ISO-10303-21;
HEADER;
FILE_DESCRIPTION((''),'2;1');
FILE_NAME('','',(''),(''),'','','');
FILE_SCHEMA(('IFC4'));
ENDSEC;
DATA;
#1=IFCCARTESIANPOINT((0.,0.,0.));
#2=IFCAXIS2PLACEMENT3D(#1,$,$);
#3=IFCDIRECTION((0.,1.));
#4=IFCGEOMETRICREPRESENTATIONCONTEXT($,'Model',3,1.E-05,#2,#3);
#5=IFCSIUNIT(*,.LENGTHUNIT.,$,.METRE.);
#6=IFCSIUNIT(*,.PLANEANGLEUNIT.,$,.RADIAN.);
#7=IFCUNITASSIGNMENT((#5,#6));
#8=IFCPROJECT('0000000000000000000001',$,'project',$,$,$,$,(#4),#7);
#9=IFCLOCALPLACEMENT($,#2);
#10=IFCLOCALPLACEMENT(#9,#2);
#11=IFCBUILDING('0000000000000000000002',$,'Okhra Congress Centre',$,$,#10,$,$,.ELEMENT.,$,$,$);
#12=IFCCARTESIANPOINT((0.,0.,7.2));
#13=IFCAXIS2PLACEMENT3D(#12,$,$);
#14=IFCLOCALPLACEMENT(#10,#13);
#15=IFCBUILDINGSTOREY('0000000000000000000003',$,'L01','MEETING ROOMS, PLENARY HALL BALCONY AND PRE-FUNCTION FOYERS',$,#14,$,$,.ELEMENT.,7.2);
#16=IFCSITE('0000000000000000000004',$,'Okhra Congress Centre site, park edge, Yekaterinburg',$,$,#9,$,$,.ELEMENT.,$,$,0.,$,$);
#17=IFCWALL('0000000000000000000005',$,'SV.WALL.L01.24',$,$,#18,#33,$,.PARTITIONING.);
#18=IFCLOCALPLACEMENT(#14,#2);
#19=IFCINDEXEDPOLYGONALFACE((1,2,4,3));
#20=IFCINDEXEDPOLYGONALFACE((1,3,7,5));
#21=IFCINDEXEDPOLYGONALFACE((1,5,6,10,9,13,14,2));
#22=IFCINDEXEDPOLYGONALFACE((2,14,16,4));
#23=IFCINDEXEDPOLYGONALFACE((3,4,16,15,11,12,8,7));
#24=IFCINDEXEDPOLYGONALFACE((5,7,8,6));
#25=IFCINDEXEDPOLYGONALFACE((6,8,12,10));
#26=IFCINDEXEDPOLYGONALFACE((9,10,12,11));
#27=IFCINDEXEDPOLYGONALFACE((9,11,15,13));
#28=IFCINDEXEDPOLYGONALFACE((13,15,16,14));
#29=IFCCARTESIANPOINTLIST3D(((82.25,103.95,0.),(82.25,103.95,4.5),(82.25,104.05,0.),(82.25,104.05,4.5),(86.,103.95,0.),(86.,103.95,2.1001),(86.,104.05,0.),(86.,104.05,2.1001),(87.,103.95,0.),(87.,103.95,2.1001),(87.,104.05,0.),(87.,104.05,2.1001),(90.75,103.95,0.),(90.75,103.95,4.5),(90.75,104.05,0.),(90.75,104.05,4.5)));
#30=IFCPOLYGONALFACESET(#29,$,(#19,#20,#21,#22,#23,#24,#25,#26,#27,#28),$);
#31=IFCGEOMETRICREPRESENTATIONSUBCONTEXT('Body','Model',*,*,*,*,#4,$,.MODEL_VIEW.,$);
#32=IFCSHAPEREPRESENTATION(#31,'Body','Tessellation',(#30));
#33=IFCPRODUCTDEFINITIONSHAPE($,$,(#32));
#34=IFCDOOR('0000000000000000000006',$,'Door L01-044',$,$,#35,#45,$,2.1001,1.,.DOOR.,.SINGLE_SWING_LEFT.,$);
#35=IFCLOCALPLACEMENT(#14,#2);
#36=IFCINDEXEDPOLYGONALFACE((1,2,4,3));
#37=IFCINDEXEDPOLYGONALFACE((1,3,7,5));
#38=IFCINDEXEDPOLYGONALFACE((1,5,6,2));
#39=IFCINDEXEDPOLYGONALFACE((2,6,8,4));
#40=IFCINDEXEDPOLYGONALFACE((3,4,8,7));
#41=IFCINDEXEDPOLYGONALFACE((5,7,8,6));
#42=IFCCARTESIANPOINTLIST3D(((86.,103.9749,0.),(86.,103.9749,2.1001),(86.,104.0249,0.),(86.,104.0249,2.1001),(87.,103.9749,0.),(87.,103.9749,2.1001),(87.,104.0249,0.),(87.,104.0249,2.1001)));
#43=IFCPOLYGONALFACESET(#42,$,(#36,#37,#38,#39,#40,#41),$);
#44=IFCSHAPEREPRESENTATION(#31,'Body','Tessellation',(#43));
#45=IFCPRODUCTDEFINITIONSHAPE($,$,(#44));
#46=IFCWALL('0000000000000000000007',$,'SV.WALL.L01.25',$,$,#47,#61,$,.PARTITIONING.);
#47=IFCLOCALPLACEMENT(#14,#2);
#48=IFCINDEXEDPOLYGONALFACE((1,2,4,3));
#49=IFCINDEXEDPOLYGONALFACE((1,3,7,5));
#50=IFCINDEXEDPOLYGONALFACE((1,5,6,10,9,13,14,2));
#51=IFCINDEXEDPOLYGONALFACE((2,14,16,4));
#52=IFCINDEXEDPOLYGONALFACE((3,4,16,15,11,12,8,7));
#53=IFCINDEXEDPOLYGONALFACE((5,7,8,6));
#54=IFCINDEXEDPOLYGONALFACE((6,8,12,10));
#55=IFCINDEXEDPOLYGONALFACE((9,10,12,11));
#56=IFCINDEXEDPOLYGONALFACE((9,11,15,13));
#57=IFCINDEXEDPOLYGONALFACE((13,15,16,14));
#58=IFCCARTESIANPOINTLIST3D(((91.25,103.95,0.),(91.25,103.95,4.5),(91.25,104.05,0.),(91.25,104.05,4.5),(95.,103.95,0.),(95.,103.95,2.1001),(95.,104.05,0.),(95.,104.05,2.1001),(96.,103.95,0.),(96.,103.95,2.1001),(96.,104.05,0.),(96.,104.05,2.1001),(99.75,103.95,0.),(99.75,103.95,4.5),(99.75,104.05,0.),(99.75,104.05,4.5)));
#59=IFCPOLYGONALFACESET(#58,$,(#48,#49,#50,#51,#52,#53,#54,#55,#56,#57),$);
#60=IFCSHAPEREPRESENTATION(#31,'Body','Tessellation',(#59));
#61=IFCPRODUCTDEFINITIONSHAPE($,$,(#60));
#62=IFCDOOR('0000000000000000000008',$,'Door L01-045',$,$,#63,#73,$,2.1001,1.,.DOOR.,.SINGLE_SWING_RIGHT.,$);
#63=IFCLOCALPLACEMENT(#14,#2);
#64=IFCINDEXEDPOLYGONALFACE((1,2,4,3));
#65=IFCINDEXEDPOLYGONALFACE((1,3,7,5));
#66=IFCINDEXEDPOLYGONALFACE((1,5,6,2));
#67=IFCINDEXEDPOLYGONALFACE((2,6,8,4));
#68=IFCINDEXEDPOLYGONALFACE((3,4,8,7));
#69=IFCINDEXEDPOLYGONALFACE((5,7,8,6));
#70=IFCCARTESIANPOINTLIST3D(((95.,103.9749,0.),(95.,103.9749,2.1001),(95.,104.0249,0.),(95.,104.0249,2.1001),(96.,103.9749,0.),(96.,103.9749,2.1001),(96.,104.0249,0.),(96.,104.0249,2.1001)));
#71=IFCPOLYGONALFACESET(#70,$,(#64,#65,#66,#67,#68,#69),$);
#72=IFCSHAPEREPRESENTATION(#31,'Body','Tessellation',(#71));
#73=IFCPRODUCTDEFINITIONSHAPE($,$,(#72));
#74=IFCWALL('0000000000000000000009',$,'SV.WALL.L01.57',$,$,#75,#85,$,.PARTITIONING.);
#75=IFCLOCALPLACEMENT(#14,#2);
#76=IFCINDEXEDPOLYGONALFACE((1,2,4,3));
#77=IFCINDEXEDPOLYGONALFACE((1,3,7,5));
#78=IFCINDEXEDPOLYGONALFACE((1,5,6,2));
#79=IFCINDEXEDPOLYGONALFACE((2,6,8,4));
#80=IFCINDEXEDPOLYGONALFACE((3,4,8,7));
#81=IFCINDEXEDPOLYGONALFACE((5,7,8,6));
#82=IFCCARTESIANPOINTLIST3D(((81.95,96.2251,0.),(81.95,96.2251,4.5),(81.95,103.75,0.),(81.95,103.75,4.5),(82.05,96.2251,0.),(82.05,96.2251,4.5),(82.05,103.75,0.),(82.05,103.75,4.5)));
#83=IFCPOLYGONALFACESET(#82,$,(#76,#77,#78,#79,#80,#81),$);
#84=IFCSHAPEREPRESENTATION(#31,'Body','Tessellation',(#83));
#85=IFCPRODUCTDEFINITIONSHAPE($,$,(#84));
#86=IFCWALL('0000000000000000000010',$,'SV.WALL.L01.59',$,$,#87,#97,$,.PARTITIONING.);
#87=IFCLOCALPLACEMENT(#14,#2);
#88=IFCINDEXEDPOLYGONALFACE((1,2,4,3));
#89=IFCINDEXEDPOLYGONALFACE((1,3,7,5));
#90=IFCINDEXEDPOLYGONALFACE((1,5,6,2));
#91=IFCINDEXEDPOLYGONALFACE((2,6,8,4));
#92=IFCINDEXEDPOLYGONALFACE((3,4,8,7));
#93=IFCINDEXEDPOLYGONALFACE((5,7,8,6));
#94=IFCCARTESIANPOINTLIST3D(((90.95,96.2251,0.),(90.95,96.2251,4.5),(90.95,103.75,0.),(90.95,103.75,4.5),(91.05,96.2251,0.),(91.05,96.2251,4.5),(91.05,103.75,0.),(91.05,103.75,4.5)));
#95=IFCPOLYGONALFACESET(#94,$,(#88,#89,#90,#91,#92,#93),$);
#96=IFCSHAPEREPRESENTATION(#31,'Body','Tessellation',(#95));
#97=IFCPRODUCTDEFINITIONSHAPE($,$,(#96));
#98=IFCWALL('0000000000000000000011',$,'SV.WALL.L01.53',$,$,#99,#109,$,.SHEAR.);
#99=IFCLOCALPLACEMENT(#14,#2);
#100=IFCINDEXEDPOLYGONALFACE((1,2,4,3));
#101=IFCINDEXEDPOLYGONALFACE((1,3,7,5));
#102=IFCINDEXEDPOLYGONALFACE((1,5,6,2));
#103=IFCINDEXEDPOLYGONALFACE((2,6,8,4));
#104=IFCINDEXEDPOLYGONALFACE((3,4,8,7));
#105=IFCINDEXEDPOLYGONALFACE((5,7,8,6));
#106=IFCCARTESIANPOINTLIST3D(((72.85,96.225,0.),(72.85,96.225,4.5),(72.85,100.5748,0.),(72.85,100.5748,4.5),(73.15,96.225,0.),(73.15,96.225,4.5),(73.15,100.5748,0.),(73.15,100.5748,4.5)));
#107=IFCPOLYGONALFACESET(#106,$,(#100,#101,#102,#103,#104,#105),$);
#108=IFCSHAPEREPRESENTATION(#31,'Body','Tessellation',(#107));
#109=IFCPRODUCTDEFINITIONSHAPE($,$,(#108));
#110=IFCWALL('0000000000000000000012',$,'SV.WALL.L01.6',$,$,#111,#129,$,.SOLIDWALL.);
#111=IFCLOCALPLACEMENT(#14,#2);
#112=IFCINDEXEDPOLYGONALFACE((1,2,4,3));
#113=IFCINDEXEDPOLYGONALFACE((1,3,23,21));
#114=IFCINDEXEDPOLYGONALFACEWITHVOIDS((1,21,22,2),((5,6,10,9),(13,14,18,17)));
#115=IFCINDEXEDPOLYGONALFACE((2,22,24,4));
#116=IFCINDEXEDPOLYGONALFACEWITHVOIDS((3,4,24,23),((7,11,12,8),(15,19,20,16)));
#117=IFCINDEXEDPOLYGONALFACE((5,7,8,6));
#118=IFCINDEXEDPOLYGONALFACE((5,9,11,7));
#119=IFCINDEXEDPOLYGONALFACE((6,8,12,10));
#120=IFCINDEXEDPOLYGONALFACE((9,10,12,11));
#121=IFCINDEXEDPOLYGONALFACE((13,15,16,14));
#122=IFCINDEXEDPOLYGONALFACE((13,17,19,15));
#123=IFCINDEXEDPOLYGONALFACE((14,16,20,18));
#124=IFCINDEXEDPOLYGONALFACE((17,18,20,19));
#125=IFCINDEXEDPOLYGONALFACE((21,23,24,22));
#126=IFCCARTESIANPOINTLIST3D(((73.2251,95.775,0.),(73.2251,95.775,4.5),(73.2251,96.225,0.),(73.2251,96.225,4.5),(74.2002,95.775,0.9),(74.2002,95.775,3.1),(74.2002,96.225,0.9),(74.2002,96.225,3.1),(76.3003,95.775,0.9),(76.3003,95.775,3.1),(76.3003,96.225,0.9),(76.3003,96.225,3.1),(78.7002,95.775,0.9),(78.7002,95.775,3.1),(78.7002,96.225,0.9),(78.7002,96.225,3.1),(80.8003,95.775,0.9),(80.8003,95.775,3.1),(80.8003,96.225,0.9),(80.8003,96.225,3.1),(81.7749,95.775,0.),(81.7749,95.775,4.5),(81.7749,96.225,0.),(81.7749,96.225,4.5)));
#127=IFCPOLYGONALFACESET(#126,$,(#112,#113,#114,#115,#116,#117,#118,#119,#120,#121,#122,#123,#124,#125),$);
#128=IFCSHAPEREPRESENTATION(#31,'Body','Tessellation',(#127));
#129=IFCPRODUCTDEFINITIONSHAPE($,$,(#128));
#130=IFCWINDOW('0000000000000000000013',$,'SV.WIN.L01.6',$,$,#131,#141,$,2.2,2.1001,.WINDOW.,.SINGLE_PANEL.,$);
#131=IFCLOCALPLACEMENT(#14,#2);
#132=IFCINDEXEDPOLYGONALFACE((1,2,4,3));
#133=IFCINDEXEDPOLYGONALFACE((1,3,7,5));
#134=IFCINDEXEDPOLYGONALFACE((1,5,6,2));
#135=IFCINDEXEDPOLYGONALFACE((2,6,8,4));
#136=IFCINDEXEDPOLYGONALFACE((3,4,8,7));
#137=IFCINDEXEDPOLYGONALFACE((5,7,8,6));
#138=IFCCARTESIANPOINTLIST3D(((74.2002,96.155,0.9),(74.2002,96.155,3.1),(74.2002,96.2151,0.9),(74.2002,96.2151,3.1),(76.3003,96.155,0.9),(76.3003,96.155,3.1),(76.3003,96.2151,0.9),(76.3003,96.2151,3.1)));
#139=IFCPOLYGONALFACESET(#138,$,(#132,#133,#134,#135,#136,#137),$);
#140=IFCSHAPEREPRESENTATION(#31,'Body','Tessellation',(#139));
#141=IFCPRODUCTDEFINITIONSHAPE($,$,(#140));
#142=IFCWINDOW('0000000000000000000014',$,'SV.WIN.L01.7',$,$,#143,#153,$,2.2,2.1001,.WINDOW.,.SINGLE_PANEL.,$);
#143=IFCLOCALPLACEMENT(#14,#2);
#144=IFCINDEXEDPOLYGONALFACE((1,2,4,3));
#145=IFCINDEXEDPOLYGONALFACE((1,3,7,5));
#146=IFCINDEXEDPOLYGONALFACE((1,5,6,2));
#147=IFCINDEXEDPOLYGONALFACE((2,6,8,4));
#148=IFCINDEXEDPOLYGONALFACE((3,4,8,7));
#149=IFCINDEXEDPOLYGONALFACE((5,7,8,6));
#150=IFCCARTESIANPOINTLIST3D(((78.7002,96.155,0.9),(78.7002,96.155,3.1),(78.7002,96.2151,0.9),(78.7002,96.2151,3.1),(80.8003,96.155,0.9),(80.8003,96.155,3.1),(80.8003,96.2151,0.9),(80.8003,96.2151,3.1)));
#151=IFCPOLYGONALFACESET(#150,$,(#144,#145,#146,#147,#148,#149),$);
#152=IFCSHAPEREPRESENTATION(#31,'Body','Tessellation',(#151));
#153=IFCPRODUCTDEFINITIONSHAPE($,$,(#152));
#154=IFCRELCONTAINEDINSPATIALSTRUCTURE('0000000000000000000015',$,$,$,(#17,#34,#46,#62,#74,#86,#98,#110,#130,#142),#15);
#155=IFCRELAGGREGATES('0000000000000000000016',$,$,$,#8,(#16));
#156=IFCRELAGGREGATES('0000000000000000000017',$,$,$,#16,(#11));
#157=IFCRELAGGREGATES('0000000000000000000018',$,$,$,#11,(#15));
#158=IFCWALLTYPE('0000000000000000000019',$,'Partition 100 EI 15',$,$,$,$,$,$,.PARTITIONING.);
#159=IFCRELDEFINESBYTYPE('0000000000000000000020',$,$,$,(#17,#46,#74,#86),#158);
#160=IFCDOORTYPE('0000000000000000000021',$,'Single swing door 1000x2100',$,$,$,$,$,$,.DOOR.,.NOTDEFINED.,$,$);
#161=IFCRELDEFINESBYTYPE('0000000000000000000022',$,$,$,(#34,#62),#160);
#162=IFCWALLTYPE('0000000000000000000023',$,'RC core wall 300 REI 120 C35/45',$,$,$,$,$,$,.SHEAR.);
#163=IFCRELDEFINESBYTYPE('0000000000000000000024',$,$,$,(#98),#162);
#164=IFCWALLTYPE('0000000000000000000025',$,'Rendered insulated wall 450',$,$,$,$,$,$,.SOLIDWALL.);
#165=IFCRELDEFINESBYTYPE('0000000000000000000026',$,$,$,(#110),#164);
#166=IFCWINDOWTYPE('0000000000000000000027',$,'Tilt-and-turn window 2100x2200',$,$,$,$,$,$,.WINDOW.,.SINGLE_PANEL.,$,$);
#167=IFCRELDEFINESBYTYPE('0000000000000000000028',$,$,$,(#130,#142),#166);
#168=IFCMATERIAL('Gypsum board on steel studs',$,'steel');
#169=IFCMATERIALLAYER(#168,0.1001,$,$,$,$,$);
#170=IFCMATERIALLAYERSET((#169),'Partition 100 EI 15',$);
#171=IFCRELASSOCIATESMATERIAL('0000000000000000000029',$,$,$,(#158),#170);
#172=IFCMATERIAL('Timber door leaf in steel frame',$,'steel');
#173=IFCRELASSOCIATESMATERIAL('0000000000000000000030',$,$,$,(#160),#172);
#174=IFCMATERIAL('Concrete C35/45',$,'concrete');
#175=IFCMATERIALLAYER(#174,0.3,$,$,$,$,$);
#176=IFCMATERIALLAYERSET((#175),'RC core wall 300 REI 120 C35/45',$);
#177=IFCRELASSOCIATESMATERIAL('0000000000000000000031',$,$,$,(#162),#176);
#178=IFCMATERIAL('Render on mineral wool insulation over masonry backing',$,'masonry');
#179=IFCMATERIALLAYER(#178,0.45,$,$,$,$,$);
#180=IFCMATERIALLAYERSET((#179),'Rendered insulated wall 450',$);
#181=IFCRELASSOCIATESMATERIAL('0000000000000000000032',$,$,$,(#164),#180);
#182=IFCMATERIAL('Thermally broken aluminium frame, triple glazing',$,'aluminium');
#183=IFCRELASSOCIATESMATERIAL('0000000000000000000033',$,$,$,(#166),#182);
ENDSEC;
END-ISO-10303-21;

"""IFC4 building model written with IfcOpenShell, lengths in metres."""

from ifc_helpers import new_model, si_unit, direction, frame, frame_2d, origin, place, context, subcontext, project, spatial, rectangle, extrude, material, layer, layer_set, type_object, element, fill, save


model = new_model("IFC4")

# Units and contexts
model_context = context("Model", 3, precision=1e-05, world=origin(), true_north=direction((0.0, 1.0)))
body_context = subcontext(model_context, "Body", "Model", "MODEL_VIEW")
ifc_project = project(units=[si_unit("LENGTHUNIT", "METRE"), si_unit("PLANEANGLEUNIT", "RADIAN")], contexts=[model_context])

# Site, building, storey
site_placement = place(None, origin())
site = spatial("IfcSite", under=ifc_project, at=site_placement, Name="Okhra Congress Centre site, park edge, Yekaterinburg", CompositionType="ELEMENT", RefElevation=0.0)
building_placement = place(site_placement, origin())
building = spatial("IfcBuilding", under=site, at=building_placement, Name="Okhra Congress Centre", CompositionType="ELEMENT")
storey_placement = place(building_placement, frame((0.0, 0.0, 7.2)))
storey = spatial("IfcBuildingStorey", under=building, at=storey_placement, Name="L01", Description="MEETING ROOMS, PLENARY HALL BALCONY AND PRE-FUNCTION FOYERS", CompositionType="ELEMENT", Elevation=7.2)

# Shared definitions
ifc_material_1 = material(Name="Concrete C35/45", Category="concrete")

# Walls, openings, doors
ifc_material_2 = material(Name="Gypsum board on steel studs", Category="steel")
ifc_layer_1 = layer(ifc_material_2, 0.1001)
ifc_layer_set_1 = layer_set([ifc_layer_1], Name="Partition 100 EI 15")
wall_type_1 = type_object("IfcWallType", Name="Partition 100 EI 15", PredefinedType="PARTITIONING", material=ifc_layer_set_1)
ifc_material_3 = material(Name="Timber door leaf in steel frame", Category="steel")
door_type = type_object("IfcDoorType", Name="Single swing door 1000x2100", OperationType="NOTDEFINED", PredefinedType="DOOR", material=ifc_material_3)
wall_1_placement = place(storey_placement, frame((82.25, 104.0, 0.0), z_axis=(0.0, 0.0, 1.0), x_axis=(1.0, 0.0, 0.0)))
wall_1 = element("IfcWall", 1, at=wall_1_placement, inside=storey, type_object=wall_type_1, Name="SV.WALL.L01.24", PredefinedType="PARTITIONING", context=body_context, shape_type="SweptSolid", body=[
    extrude(rectangle(XDim=8.5, YDim=0.1001, at=frame_2d((4.25, 0.0))), origin(), (0.0, 0.0, 1.0), 4.5),
])
opening_1_placement = place(wall_1_placement, frame((3.75, 0.0, 0.0)))
opening_1 = element("IfcOpeningElement", 2, at=opening_1_placement, cuts=wall_1, PredefinedType="OPENING", context=body_context, shape_type="SweptSolid", body=[
    extrude(rectangle(XDim=1.0, YDim=2.1001, at=frame_2d((0.5, 1.05))), frame((0.0, 0.0601, 0.0), z_axis=(0.0, -1.0, 0.0), x_axis=(1.0, 0.0, 0.0)), (0.0, 0.0, 1.0), 0.1201),
])
door_1_placement = place(opening_1_placement, origin())
door_1 = element("IfcDoor", 3, at=door_1_placement, inside=storey, type_object=door_type, Name="Door L01-044", OperationType="SINGLE_SWING_LEFT", OverallHeight=2.1001, OverallWidth=1.0, PredefinedType="DOOR", context=body_context, shape_type="SweptSolid", body=[
    extrude(rectangle(XDim=1.0, YDim=2.1001, at=frame_2d((0.5, 1.05))), frame((0.0, 0.0249, 0.0), z_axis=(0.0, -1.0, 0.0), x_axis=(1.0, 0.0, 0.0)), (0.0, 0.0, 1.0), 0.05),
])
fill(opening_1, door_1)
wall_2_placement = place(storey_placement, frame((91.25, 104.0, 0.0), z_axis=(0.0, 0.0, 1.0), x_axis=(1.0, 0.0, 0.0)))
wall_2 = element("IfcWall", 4, at=wall_2_placement, inside=storey, type_object=wall_type_1, Name="SV.WALL.L01.25", PredefinedType="PARTITIONING", context=body_context, shape_type="SweptSolid", body=[
    extrude(rectangle(XDim=8.5, YDim=0.1001, at=frame_2d((4.25, 0.0))), origin(), (0.0, 0.0, 1.0), 4.5),
])
opening_2_placement = place(wall_2_placement, frame((3.75, 0.0, 0.0)))
opening_2 = element("IfcOpeningElement", 5, at=opening_2_placement, cuts=wall_2, PredefinedType="OPENING", context=body_context, shape_type="SweptSolid", body=[
    extrude(rectangle(XDim=1.0, YDim=2.1001, at=frame_2d((0.5, 1.05))), frame((0.0, 0.0601, 0.0), z_axis=(0.0, -1.0, 0.0), x_axis=(1.0, 0.0, 0.0)), (0.0, 0.0, 1.0), 0.1201),
])
door_2_placement = place(opening_2_placement, origin())
door_2 = element("IfcDoor", 6, at=door_2_placement, inside=storey, type_object=door_type, Name="Door L01-045", OperationType="SINGLE_SWING_RIGHT", OverallHeight=2.1001, OverallWidth=1.0, PredefinedType="DOOR", context=body_context, shape_type="SweptSolid", body=[
    extrude(rectangle(XDim=1.0, YDim=2.1001, at=frame_2d((0.5, 1.05))), frame((0.0, 0.0249, 0.0), z_axis=(0.0, -1.0, 0.0), x_axis=(1.0, 0.0, 0.0)), (0.0, 0.0, 1.0), 0.05),
])
fill(opening_2, door_2)

# Walls
for number, where, z_axis, x_axis, name in (
    (7, (82.0, 96.2251, 0.0), (0.0, 0.0, 1.0), (0.0, 1.0, 0.0), "SV.WALL.L01.57"),
    (8, (91.0, 96.2251, 0.0), (0.0, 0.0, 1.0), (0.0, 1.0, 0.0), "SV.WALL.L01.59"),
):
    element("IfcWall", number, at=place(storey_placement, frame(where, z_axis=z_axis, x_axis=x_axis)), inside=storey, type_object=wall_type_1, Name=name, PredefinedType="PARTITIONING", context=body_context, shape_type="SweptSolid", body=[
        extrude(rectangle(XDim=7.5249, YDim=0.1001, at=frame_2d((3.7625, 0.0))), origin(), (0.0, 0.0, 1.0), 4.5),
    ])
ifc_layer_2 = layer(ifc_material_1, 0.3)
ifc_layer_set_2 = layer_set([ifc_layer_2], Name="RC core wall 300 REI 120 C35/45")
wall_type_2 = type_object("IfcWallType", Name="RC core wall 300 REI 120 C35/45", PredefinedType="SHEAR", material=ifc_layer_set_2)
wall_3_placement = place(storey_placement, frame((73.0, 96.2251, 0.0), z_axis=(0.0, 0.0, 1.0), x_axis=(0.0, 1.0, 0.0)))
element("IfcWall", 9, at=wall_3_placement, inside=storey, type_object=wall_type_2, Name="SV.WALL.L01.53", PredefinedType="SHEAR", context=body_context, shape_type="SweptSolid", body=[
    extrude(rectangle(XDim=4.3499, YDim=0.3, at=frame_2d((2.1748, 0.0))), origin(), (0.0, 0.0, 1.0), 4.5),
])

# Wall, openings, windows
ifc_material_4 = material(Name="Render on mineral wool insulation over masonry backing", Category="masonry")
ifc_layer_3 = layer(ifc_material_4, 0.45)
ifc_layer_set_3 = layer_set([ifc_layer_3], Name="Rendered insulated wall 450")
wall_type_3 = type_object("IfcWallType", Name="Rendered insulated wall 450", PredefinedType="SOLIDWALL", material=ifc_layer_set_3)
wall_4_placement = place(storey_placement, frame((73.2251, 96.0, 0.0), z_axis=(0.0, 0.0, 1.0), x_axis=(1.0, 0.0, 0.0)))
wall_4 = element("IfcWall", 10, at=wall_4_placement, inside=storey, type_object=wall_type_3, Name="SV.WALL.L01.6", PredefinedType="SOLIDWALL", context=body_context, shape_type="SweptSolid", body=[
    extrude(rectangle(XDim=8.5498, YDim=0.45, at=frame_2d((4.2749, 0.0))), origin(), (0.0, 0.0, 1.0), 4.5),
])
opening_3_placement = place(wall_4_placement, frame((0.9751, 0.0, 0.8999)))
opening_3 = element("IfcOpeningElement", 11, at=opening_3_placement, cuts=wall_4, PredefinedType="OPENING", context=body_context, shape_type="SweptSolid", body=[
    extrude(rectangle(XDim=2.1001, YDim=2.2, at=frame_2d((1.05, 1.1001))), frame((0.0, 0.2349, 0.0), z_axis=(0.0, -1.0, 0.0), x_axis=(1.0, 0.0, 0.0)), (0.0, 0.0, 1.0), 0.47),
])
opening_4_placement = place(wall_4_placement, frame((5.4751, 0.0, 0.8999)))
opening_4 = element("IfcOpeningElement", 12, at=opening_4_placement, cuts=wall_4, PredefinedType="OPENING", context=body_context, shape_type="SweptSolid", body=[
    extrude(rectangle(XDim=2.1001, YDim=2.2, at=frame_2d((1.05, 1.1001))), frame((0.0, 0.2349, 0.0), z_axis=(0.0, -1.0, 0.0), x_axis=(1.0, 0.0, 0.0)), (0.0, 0.0, 1.0), 0.47),
])
ifc_material_5 = material(Name="Thermally broken aluminium frame, triple glazing", Category="aluminium")
window_type = type_object("IfcWindowType", Name="Tilt-and-turn window 2100x2200", PartitioningType="SINGLE_PANEL", PredefinedType="WINDOW", material=ifc_material_5)
window_1_placement = place(opening_3_placement, origin())
window_1 = element("IfcWindow", 13, at=window_1_placement, inside=storey, type_object=window_type, Name="SV.WIN.L01.6", OverallHeight=2.2, OverallWidth=2.1001, PartitioningType="SINGLE_PANEL", PredefinedType="WINDOW", context=body_context, shape_type="SweptSolid", body=[
    extrude(rectangle(XDim=2.1001, YDim=2.2, at=frame_2d((1.05, 1.1001))), frame((0.0, 0.2151, 0.0), z_axis=(0.0, -1.0, 0.0), x_axis=(1.0, 0.0, 0.0)), (0.0, 0.0, 1.0), 0.0601),
])
fill(opening_3, window_1)
window_2_placement = place(opening_4_placement, origin())
window_2 = element("IfcWindow", 14, at=window_2_placement, inside=storey, type_object=window_type, Name="SV.WIN.L01.7", OverallHeight=2.2, OverallWidth=2.1001, PartitioningType="SINGLE_PANEL", PredefinedType="WINDOW", context=body_context, shape_type="SweptSolid", body=[
    extrude(rectangle(XDim=2.1001, YDim=2.2, at=frame_2d((1.05, 1.1001))), frame((0.0, 0.2151, 0.0), z_axis=(0.0, -1.0, 0.0), x_axis=(1.0, 0.0, 0.0)), (0.0, 0.0, 1.0), 0.0601),
])
fill(opening_4, window_2)

save(model, "model.ifc")
